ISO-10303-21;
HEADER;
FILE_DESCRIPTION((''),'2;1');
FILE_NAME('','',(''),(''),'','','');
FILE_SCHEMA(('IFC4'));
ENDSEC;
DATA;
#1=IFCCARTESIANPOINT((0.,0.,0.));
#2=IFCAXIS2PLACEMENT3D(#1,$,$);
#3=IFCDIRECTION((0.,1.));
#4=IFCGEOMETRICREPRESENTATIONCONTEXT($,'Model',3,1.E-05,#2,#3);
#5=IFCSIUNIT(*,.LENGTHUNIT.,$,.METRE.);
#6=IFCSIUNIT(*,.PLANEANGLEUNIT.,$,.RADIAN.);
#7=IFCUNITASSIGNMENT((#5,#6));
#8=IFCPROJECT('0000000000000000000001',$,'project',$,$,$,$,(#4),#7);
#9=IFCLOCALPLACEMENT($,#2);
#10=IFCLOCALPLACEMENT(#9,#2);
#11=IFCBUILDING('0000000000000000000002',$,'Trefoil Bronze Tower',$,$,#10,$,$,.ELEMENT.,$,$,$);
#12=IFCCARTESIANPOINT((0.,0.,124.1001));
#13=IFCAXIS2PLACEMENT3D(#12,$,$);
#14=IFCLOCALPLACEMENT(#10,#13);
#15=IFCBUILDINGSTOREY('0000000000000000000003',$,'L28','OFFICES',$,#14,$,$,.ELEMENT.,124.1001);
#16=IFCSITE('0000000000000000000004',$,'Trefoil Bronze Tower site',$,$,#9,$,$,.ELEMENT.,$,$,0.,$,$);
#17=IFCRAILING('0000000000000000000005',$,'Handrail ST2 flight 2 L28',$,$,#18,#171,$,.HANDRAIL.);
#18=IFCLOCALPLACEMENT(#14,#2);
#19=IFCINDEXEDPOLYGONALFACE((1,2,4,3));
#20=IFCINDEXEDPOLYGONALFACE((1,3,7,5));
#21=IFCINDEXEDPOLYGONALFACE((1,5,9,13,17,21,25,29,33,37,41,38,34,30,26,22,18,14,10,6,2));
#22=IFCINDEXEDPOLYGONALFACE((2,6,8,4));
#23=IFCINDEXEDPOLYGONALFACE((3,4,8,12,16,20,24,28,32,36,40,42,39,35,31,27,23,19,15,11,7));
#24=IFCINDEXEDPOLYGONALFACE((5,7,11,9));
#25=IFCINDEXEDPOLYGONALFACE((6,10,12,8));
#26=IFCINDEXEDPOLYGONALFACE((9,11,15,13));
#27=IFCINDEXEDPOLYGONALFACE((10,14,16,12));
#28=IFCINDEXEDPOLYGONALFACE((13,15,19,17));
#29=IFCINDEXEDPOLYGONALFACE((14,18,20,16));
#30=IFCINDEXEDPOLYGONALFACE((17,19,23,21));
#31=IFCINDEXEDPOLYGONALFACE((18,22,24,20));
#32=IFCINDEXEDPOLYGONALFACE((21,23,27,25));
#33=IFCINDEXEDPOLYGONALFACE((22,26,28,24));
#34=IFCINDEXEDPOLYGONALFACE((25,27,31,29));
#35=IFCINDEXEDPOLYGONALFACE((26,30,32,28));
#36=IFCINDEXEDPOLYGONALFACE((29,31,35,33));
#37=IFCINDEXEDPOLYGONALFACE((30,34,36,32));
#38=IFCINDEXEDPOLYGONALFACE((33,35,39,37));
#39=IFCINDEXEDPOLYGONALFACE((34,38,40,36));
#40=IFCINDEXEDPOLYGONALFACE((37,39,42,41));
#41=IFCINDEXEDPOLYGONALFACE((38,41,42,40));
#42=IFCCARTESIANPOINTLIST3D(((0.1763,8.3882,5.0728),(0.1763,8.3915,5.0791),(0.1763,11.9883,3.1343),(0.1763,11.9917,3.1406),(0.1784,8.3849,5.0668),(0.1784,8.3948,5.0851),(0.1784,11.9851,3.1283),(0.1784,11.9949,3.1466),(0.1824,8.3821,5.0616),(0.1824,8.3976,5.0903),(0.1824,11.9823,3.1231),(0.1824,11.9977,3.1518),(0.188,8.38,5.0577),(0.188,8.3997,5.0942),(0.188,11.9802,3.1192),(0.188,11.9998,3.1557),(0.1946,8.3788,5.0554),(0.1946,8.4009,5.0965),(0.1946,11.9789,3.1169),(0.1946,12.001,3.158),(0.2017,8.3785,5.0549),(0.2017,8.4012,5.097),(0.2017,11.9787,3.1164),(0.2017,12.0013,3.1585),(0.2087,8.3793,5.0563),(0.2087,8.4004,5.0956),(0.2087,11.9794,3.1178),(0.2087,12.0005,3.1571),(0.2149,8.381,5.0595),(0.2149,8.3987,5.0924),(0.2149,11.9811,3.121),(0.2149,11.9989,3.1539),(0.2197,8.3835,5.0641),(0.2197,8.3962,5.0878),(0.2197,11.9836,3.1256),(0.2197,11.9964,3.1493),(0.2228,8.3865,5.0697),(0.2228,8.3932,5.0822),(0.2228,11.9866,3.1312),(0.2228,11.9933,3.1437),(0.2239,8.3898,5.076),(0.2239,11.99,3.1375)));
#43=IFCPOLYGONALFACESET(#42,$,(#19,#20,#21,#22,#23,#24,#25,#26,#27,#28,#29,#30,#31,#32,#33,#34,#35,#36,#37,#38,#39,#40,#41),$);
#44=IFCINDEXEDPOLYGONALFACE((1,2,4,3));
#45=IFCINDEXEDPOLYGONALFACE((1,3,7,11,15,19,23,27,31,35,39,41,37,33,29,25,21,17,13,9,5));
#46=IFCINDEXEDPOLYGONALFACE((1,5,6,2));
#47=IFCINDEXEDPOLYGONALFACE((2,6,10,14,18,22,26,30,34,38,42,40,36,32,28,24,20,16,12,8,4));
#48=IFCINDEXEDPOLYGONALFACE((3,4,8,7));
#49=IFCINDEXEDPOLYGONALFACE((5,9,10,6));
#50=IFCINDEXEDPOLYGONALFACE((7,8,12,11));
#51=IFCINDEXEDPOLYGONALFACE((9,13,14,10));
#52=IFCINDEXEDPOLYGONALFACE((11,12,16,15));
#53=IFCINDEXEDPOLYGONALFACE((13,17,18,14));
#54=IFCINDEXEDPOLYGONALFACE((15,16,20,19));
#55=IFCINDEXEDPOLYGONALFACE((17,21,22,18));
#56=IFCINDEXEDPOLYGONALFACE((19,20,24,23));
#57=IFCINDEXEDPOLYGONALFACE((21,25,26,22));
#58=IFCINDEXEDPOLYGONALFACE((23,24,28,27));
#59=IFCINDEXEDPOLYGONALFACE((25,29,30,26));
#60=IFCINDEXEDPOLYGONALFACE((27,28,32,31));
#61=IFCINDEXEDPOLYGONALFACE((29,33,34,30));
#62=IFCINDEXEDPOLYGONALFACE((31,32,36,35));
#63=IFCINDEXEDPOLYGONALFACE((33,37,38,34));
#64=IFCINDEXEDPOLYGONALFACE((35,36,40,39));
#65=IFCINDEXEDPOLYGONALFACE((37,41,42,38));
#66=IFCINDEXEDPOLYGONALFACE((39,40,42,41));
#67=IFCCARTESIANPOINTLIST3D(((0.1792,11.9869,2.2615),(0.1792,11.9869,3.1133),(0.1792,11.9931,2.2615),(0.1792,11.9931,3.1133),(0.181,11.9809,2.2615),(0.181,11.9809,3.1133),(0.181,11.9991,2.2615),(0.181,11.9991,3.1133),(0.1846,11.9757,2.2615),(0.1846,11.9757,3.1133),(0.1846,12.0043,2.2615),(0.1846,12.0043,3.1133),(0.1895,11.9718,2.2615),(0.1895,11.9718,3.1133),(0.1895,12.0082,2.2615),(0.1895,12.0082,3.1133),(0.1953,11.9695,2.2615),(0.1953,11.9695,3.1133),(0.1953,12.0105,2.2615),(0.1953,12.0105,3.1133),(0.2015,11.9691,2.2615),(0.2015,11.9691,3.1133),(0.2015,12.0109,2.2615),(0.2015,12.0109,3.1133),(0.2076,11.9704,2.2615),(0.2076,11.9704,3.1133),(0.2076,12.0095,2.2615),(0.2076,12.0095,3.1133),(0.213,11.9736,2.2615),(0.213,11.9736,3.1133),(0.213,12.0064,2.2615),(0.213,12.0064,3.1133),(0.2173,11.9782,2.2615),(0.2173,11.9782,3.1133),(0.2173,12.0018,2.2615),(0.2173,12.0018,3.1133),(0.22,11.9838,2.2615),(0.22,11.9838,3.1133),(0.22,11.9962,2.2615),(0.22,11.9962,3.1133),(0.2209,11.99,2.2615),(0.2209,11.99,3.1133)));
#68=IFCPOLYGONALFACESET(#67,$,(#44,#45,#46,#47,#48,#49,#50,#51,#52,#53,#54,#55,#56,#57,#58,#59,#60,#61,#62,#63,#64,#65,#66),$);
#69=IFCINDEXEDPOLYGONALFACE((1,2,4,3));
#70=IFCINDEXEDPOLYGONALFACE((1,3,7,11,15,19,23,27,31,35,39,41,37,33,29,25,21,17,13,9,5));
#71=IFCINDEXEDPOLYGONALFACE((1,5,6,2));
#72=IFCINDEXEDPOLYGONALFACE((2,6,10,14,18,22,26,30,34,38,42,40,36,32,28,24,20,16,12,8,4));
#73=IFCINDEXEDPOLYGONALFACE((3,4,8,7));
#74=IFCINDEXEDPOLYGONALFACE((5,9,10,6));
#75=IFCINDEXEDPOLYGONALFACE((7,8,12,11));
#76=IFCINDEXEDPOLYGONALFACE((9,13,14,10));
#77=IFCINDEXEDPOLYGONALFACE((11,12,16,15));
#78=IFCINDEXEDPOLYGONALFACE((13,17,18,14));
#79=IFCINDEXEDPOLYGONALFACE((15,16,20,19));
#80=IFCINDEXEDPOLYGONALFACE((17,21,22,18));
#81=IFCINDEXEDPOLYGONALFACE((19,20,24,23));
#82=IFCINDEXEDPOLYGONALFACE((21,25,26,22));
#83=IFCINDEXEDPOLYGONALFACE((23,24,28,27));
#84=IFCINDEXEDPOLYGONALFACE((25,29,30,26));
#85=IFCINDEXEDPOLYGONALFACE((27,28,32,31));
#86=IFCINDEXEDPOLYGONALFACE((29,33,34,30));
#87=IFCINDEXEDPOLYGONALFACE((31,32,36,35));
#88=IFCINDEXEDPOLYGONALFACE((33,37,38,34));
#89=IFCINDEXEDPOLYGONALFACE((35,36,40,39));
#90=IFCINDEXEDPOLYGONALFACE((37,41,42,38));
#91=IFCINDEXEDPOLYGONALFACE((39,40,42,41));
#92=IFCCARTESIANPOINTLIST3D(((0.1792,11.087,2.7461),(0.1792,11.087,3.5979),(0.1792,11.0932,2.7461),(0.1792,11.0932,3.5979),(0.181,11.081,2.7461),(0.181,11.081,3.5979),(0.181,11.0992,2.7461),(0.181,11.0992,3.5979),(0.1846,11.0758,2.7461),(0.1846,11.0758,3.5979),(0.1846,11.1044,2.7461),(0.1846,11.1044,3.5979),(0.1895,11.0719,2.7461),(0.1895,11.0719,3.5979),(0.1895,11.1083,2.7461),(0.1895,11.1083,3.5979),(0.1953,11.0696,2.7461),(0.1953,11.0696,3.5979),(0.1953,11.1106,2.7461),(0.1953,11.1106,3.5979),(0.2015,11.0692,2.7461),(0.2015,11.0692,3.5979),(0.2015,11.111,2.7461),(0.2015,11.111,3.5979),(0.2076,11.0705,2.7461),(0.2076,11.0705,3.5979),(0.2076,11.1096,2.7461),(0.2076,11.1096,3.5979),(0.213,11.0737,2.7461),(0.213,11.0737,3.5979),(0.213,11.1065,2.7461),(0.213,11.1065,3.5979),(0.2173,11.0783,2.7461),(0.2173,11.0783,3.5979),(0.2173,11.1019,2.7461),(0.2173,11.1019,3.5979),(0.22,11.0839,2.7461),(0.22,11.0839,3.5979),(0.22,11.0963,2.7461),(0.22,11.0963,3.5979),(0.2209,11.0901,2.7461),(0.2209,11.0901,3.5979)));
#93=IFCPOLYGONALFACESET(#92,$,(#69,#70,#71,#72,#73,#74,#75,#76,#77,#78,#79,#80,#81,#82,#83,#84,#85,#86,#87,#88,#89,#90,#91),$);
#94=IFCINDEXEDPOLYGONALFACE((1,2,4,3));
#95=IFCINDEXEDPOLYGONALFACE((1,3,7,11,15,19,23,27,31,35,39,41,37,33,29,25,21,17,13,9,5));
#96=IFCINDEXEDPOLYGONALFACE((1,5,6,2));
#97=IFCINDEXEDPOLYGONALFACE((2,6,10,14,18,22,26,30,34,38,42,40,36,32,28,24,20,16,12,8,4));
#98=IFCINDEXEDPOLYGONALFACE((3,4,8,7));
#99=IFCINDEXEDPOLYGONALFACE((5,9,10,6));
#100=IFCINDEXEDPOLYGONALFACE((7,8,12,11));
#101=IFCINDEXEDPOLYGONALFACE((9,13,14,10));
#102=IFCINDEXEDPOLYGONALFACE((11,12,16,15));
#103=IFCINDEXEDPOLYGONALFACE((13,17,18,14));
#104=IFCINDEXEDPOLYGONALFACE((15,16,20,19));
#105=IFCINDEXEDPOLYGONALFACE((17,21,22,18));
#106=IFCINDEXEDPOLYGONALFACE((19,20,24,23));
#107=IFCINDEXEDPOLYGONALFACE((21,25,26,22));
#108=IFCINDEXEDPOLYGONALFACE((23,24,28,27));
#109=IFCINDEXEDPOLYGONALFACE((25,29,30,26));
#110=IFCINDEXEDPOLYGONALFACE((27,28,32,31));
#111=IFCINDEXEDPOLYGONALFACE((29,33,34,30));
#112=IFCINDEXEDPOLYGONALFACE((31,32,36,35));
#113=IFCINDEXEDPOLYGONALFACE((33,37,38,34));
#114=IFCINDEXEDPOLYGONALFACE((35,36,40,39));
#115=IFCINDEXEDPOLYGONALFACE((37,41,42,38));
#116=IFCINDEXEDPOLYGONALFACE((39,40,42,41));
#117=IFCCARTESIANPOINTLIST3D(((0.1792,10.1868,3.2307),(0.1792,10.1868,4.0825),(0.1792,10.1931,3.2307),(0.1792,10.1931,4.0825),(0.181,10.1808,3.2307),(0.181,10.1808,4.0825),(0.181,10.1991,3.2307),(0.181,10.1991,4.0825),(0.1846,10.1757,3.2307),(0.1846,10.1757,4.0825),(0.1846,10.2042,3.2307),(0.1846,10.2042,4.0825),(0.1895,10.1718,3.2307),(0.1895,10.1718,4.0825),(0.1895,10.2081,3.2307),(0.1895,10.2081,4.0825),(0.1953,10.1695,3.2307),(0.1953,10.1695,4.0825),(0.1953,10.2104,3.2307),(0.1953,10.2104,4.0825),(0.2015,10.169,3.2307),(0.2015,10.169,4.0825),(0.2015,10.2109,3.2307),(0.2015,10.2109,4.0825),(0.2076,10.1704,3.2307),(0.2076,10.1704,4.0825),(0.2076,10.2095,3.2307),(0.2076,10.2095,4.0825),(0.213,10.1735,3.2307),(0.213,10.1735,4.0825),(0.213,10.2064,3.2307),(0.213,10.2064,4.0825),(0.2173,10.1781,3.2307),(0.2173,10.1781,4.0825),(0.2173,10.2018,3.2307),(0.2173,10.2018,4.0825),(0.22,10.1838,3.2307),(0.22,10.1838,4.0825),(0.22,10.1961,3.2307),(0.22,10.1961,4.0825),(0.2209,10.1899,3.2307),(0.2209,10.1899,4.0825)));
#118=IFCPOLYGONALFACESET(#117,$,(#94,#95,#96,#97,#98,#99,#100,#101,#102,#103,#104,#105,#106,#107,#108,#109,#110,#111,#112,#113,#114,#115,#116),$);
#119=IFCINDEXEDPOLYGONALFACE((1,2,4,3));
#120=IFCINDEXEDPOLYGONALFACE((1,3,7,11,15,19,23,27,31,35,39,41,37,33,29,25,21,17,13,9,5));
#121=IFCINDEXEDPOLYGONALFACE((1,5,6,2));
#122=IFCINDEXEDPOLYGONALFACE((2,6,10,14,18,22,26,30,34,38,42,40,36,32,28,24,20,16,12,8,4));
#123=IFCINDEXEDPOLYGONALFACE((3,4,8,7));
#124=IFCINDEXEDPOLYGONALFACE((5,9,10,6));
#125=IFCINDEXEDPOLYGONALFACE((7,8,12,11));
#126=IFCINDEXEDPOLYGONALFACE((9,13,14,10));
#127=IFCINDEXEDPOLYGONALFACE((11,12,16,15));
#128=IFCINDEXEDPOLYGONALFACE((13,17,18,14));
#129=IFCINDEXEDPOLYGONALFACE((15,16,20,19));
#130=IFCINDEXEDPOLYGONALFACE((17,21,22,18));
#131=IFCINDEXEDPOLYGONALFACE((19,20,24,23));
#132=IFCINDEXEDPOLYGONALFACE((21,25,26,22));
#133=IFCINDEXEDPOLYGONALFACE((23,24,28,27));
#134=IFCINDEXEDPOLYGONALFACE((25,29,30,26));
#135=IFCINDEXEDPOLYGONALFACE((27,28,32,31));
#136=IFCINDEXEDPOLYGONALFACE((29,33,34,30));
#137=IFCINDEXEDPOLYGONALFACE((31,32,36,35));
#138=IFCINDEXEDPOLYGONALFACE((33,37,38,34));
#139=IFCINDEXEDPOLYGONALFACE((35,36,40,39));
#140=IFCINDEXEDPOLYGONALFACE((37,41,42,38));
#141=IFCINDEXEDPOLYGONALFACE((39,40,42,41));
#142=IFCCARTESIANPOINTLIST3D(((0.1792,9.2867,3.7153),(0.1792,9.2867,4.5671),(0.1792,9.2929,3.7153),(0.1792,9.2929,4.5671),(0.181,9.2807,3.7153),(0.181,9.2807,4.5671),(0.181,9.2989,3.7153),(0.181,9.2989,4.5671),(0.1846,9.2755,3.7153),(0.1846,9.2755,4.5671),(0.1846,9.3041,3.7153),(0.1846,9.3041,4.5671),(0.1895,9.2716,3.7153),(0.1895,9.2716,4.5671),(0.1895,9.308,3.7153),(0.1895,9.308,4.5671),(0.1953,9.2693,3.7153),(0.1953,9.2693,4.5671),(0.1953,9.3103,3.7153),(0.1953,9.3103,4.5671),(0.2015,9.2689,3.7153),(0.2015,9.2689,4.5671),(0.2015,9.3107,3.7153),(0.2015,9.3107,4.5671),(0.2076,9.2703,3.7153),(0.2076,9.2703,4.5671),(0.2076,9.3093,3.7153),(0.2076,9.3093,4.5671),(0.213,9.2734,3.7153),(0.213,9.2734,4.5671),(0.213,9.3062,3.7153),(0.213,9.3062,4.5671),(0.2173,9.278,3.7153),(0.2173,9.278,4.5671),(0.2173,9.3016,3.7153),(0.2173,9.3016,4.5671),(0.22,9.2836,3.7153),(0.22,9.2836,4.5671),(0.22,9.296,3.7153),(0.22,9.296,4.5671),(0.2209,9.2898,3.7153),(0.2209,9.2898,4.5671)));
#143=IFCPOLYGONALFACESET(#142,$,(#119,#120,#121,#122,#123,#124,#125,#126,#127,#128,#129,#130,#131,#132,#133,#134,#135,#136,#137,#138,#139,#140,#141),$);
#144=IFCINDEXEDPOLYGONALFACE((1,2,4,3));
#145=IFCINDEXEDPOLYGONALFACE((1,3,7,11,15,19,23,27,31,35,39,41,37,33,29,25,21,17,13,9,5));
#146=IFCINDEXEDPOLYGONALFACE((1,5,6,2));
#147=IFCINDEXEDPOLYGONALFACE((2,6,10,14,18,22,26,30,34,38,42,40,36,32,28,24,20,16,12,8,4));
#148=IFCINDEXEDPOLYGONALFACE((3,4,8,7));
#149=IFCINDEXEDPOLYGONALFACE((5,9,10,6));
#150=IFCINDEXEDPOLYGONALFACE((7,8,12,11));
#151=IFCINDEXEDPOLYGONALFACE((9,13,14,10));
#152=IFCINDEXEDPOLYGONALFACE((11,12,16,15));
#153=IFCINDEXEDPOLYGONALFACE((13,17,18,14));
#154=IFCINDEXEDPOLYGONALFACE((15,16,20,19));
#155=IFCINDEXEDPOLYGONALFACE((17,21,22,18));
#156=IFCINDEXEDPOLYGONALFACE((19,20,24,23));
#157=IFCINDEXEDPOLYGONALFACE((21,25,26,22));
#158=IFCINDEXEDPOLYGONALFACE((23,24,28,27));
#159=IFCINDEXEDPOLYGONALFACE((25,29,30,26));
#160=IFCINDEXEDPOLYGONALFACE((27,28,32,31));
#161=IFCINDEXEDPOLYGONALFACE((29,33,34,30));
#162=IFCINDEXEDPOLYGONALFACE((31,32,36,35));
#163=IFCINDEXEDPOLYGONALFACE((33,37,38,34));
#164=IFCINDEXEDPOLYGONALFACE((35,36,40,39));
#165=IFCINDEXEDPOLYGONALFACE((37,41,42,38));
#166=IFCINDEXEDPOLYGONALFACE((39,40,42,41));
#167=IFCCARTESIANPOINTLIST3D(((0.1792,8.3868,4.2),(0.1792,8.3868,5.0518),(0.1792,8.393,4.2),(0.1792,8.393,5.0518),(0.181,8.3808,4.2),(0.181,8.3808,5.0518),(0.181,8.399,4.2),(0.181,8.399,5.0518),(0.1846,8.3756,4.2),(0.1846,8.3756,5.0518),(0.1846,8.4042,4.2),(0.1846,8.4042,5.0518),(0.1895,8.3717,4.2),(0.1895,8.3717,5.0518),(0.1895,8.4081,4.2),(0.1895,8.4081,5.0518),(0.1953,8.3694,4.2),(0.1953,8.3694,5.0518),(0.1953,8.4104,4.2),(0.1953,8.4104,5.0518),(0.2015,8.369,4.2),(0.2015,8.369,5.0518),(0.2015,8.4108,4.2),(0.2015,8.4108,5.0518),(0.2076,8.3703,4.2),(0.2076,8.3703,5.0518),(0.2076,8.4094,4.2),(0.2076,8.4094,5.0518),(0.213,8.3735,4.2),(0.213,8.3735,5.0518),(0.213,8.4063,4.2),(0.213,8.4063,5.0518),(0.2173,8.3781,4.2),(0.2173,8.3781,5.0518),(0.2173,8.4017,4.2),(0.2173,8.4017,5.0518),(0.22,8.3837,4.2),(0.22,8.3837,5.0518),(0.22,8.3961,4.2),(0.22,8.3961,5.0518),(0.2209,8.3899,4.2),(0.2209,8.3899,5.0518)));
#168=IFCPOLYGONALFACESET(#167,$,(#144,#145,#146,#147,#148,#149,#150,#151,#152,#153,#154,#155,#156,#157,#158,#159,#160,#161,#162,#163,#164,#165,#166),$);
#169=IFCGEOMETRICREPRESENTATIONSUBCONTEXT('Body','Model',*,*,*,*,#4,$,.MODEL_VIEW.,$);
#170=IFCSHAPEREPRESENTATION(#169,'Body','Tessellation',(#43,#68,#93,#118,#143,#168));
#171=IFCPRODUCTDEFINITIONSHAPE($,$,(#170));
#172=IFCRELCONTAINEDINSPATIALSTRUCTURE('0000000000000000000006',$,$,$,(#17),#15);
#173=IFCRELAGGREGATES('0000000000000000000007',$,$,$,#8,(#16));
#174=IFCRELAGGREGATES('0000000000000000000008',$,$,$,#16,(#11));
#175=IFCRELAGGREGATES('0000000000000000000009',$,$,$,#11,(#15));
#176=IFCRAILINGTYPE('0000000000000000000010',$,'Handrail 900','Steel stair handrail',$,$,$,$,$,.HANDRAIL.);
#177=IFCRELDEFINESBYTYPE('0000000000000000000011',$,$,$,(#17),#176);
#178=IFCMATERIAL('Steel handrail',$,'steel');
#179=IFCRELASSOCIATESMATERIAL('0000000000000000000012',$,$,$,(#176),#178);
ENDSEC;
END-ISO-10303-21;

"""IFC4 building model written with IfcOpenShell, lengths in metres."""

from ifc_helpers import new_model, si_unit, direction, frame, origin, origin_2d, place, context, subcontext, project, spatial, circle, extrude, material, type_object, element, save


model = new_model("IFC4")

# Units and contexts
model_context = context("Model", 3, precision=1e-05, world=origin(), true_north=direction((0.0, 1.0)))
body_context = subcontext(model_context, "Body", "Model", "MODEL_VIEW")
ifc_project = project(units=[si_unit("LENGTHUNIT", "METRE"), si_unit("PLANEANGLEUNIT", "RADIAN")], contexts=[model_context])

# Site, building, storey
site_placement = place(None, origin())
site = spatial("IfcSite", under=ifc_project, at=site_placement, Name="Trefoil Bronze Tower site", CompositionType="ELEMENT", RefElevation=0.0)
building_placement = place(site_placement, origin())
building = spatial("IfcBuilding", under=site, at=building_placement, Name="Trefoil Bronze Tower", CompositionType="ELEMENT")
storey_placement = place(building_placement, frame((0.0, 0.0, 124.1001)))
storey = spatial("IfcBuildingStorey", under=building, at=storey_placement, Name="L28", Description="OFFICES", CompositionType="ELEMENT", Elevation=124.1001)

# Railing
ifc_material_1 = material(Name="Steel handrail", Category="steel")
railing_type = type_object("IfcRailingType", Name="Handrail 900", Description="Steel stair handrail", PredefinedType="HANDRAIL", material=ifc_material_1)
railing_placement = place(storey_placement, frame((0.2, 11.99, 2.2615)))
element("IfcRailing", 1, at=railing_placement, inside=storey, type_object=railing_type, Name="Handrail ST2 flight 2 L28", PredefinedType="HANDRAIL", context=body_context, shape_type="SweptSolid", body=[
    extrude(circle(Radius=0.0239, at=origin_2d()), frame((0.0, 0.0, 0.876), z_axis=(0.0, -0.880475, 0.474093), x_axis=(1.0, 0.0, 0.0)), (0.0, 0.0, 1.0), 4.0889),
    extrude(circle(Radius=0.021, at=origin_2d()), origin(), (0.0, 0.0, 1.0), 0.8518),
    extrude(circle(Radius=0.021, at=origin_2d()), frame((0.0, -0.8999, 0.4846)), (0.0, 0.0, 1.0), 0.8518),
    extrude(circle(Radius=0.021, at=origin_2d()), frame((0.0, -1.8, 0.9692)), (0.0, 0.0, 1.0), 0.8518),
    extrude(circle(Radius=0.021, at=origin_2d()), frame((0.0, -2.7002, 1.4539)), (0.0, 0.0, 1.0), 0.8518),
    extrude(circle(Radius=0.021, at=origin_2d()), frame((0.0, -3.6001, 1.9385)), (0.0, 0.0, 1.0), 0.8518),
])

save(model, "model.ifc")
